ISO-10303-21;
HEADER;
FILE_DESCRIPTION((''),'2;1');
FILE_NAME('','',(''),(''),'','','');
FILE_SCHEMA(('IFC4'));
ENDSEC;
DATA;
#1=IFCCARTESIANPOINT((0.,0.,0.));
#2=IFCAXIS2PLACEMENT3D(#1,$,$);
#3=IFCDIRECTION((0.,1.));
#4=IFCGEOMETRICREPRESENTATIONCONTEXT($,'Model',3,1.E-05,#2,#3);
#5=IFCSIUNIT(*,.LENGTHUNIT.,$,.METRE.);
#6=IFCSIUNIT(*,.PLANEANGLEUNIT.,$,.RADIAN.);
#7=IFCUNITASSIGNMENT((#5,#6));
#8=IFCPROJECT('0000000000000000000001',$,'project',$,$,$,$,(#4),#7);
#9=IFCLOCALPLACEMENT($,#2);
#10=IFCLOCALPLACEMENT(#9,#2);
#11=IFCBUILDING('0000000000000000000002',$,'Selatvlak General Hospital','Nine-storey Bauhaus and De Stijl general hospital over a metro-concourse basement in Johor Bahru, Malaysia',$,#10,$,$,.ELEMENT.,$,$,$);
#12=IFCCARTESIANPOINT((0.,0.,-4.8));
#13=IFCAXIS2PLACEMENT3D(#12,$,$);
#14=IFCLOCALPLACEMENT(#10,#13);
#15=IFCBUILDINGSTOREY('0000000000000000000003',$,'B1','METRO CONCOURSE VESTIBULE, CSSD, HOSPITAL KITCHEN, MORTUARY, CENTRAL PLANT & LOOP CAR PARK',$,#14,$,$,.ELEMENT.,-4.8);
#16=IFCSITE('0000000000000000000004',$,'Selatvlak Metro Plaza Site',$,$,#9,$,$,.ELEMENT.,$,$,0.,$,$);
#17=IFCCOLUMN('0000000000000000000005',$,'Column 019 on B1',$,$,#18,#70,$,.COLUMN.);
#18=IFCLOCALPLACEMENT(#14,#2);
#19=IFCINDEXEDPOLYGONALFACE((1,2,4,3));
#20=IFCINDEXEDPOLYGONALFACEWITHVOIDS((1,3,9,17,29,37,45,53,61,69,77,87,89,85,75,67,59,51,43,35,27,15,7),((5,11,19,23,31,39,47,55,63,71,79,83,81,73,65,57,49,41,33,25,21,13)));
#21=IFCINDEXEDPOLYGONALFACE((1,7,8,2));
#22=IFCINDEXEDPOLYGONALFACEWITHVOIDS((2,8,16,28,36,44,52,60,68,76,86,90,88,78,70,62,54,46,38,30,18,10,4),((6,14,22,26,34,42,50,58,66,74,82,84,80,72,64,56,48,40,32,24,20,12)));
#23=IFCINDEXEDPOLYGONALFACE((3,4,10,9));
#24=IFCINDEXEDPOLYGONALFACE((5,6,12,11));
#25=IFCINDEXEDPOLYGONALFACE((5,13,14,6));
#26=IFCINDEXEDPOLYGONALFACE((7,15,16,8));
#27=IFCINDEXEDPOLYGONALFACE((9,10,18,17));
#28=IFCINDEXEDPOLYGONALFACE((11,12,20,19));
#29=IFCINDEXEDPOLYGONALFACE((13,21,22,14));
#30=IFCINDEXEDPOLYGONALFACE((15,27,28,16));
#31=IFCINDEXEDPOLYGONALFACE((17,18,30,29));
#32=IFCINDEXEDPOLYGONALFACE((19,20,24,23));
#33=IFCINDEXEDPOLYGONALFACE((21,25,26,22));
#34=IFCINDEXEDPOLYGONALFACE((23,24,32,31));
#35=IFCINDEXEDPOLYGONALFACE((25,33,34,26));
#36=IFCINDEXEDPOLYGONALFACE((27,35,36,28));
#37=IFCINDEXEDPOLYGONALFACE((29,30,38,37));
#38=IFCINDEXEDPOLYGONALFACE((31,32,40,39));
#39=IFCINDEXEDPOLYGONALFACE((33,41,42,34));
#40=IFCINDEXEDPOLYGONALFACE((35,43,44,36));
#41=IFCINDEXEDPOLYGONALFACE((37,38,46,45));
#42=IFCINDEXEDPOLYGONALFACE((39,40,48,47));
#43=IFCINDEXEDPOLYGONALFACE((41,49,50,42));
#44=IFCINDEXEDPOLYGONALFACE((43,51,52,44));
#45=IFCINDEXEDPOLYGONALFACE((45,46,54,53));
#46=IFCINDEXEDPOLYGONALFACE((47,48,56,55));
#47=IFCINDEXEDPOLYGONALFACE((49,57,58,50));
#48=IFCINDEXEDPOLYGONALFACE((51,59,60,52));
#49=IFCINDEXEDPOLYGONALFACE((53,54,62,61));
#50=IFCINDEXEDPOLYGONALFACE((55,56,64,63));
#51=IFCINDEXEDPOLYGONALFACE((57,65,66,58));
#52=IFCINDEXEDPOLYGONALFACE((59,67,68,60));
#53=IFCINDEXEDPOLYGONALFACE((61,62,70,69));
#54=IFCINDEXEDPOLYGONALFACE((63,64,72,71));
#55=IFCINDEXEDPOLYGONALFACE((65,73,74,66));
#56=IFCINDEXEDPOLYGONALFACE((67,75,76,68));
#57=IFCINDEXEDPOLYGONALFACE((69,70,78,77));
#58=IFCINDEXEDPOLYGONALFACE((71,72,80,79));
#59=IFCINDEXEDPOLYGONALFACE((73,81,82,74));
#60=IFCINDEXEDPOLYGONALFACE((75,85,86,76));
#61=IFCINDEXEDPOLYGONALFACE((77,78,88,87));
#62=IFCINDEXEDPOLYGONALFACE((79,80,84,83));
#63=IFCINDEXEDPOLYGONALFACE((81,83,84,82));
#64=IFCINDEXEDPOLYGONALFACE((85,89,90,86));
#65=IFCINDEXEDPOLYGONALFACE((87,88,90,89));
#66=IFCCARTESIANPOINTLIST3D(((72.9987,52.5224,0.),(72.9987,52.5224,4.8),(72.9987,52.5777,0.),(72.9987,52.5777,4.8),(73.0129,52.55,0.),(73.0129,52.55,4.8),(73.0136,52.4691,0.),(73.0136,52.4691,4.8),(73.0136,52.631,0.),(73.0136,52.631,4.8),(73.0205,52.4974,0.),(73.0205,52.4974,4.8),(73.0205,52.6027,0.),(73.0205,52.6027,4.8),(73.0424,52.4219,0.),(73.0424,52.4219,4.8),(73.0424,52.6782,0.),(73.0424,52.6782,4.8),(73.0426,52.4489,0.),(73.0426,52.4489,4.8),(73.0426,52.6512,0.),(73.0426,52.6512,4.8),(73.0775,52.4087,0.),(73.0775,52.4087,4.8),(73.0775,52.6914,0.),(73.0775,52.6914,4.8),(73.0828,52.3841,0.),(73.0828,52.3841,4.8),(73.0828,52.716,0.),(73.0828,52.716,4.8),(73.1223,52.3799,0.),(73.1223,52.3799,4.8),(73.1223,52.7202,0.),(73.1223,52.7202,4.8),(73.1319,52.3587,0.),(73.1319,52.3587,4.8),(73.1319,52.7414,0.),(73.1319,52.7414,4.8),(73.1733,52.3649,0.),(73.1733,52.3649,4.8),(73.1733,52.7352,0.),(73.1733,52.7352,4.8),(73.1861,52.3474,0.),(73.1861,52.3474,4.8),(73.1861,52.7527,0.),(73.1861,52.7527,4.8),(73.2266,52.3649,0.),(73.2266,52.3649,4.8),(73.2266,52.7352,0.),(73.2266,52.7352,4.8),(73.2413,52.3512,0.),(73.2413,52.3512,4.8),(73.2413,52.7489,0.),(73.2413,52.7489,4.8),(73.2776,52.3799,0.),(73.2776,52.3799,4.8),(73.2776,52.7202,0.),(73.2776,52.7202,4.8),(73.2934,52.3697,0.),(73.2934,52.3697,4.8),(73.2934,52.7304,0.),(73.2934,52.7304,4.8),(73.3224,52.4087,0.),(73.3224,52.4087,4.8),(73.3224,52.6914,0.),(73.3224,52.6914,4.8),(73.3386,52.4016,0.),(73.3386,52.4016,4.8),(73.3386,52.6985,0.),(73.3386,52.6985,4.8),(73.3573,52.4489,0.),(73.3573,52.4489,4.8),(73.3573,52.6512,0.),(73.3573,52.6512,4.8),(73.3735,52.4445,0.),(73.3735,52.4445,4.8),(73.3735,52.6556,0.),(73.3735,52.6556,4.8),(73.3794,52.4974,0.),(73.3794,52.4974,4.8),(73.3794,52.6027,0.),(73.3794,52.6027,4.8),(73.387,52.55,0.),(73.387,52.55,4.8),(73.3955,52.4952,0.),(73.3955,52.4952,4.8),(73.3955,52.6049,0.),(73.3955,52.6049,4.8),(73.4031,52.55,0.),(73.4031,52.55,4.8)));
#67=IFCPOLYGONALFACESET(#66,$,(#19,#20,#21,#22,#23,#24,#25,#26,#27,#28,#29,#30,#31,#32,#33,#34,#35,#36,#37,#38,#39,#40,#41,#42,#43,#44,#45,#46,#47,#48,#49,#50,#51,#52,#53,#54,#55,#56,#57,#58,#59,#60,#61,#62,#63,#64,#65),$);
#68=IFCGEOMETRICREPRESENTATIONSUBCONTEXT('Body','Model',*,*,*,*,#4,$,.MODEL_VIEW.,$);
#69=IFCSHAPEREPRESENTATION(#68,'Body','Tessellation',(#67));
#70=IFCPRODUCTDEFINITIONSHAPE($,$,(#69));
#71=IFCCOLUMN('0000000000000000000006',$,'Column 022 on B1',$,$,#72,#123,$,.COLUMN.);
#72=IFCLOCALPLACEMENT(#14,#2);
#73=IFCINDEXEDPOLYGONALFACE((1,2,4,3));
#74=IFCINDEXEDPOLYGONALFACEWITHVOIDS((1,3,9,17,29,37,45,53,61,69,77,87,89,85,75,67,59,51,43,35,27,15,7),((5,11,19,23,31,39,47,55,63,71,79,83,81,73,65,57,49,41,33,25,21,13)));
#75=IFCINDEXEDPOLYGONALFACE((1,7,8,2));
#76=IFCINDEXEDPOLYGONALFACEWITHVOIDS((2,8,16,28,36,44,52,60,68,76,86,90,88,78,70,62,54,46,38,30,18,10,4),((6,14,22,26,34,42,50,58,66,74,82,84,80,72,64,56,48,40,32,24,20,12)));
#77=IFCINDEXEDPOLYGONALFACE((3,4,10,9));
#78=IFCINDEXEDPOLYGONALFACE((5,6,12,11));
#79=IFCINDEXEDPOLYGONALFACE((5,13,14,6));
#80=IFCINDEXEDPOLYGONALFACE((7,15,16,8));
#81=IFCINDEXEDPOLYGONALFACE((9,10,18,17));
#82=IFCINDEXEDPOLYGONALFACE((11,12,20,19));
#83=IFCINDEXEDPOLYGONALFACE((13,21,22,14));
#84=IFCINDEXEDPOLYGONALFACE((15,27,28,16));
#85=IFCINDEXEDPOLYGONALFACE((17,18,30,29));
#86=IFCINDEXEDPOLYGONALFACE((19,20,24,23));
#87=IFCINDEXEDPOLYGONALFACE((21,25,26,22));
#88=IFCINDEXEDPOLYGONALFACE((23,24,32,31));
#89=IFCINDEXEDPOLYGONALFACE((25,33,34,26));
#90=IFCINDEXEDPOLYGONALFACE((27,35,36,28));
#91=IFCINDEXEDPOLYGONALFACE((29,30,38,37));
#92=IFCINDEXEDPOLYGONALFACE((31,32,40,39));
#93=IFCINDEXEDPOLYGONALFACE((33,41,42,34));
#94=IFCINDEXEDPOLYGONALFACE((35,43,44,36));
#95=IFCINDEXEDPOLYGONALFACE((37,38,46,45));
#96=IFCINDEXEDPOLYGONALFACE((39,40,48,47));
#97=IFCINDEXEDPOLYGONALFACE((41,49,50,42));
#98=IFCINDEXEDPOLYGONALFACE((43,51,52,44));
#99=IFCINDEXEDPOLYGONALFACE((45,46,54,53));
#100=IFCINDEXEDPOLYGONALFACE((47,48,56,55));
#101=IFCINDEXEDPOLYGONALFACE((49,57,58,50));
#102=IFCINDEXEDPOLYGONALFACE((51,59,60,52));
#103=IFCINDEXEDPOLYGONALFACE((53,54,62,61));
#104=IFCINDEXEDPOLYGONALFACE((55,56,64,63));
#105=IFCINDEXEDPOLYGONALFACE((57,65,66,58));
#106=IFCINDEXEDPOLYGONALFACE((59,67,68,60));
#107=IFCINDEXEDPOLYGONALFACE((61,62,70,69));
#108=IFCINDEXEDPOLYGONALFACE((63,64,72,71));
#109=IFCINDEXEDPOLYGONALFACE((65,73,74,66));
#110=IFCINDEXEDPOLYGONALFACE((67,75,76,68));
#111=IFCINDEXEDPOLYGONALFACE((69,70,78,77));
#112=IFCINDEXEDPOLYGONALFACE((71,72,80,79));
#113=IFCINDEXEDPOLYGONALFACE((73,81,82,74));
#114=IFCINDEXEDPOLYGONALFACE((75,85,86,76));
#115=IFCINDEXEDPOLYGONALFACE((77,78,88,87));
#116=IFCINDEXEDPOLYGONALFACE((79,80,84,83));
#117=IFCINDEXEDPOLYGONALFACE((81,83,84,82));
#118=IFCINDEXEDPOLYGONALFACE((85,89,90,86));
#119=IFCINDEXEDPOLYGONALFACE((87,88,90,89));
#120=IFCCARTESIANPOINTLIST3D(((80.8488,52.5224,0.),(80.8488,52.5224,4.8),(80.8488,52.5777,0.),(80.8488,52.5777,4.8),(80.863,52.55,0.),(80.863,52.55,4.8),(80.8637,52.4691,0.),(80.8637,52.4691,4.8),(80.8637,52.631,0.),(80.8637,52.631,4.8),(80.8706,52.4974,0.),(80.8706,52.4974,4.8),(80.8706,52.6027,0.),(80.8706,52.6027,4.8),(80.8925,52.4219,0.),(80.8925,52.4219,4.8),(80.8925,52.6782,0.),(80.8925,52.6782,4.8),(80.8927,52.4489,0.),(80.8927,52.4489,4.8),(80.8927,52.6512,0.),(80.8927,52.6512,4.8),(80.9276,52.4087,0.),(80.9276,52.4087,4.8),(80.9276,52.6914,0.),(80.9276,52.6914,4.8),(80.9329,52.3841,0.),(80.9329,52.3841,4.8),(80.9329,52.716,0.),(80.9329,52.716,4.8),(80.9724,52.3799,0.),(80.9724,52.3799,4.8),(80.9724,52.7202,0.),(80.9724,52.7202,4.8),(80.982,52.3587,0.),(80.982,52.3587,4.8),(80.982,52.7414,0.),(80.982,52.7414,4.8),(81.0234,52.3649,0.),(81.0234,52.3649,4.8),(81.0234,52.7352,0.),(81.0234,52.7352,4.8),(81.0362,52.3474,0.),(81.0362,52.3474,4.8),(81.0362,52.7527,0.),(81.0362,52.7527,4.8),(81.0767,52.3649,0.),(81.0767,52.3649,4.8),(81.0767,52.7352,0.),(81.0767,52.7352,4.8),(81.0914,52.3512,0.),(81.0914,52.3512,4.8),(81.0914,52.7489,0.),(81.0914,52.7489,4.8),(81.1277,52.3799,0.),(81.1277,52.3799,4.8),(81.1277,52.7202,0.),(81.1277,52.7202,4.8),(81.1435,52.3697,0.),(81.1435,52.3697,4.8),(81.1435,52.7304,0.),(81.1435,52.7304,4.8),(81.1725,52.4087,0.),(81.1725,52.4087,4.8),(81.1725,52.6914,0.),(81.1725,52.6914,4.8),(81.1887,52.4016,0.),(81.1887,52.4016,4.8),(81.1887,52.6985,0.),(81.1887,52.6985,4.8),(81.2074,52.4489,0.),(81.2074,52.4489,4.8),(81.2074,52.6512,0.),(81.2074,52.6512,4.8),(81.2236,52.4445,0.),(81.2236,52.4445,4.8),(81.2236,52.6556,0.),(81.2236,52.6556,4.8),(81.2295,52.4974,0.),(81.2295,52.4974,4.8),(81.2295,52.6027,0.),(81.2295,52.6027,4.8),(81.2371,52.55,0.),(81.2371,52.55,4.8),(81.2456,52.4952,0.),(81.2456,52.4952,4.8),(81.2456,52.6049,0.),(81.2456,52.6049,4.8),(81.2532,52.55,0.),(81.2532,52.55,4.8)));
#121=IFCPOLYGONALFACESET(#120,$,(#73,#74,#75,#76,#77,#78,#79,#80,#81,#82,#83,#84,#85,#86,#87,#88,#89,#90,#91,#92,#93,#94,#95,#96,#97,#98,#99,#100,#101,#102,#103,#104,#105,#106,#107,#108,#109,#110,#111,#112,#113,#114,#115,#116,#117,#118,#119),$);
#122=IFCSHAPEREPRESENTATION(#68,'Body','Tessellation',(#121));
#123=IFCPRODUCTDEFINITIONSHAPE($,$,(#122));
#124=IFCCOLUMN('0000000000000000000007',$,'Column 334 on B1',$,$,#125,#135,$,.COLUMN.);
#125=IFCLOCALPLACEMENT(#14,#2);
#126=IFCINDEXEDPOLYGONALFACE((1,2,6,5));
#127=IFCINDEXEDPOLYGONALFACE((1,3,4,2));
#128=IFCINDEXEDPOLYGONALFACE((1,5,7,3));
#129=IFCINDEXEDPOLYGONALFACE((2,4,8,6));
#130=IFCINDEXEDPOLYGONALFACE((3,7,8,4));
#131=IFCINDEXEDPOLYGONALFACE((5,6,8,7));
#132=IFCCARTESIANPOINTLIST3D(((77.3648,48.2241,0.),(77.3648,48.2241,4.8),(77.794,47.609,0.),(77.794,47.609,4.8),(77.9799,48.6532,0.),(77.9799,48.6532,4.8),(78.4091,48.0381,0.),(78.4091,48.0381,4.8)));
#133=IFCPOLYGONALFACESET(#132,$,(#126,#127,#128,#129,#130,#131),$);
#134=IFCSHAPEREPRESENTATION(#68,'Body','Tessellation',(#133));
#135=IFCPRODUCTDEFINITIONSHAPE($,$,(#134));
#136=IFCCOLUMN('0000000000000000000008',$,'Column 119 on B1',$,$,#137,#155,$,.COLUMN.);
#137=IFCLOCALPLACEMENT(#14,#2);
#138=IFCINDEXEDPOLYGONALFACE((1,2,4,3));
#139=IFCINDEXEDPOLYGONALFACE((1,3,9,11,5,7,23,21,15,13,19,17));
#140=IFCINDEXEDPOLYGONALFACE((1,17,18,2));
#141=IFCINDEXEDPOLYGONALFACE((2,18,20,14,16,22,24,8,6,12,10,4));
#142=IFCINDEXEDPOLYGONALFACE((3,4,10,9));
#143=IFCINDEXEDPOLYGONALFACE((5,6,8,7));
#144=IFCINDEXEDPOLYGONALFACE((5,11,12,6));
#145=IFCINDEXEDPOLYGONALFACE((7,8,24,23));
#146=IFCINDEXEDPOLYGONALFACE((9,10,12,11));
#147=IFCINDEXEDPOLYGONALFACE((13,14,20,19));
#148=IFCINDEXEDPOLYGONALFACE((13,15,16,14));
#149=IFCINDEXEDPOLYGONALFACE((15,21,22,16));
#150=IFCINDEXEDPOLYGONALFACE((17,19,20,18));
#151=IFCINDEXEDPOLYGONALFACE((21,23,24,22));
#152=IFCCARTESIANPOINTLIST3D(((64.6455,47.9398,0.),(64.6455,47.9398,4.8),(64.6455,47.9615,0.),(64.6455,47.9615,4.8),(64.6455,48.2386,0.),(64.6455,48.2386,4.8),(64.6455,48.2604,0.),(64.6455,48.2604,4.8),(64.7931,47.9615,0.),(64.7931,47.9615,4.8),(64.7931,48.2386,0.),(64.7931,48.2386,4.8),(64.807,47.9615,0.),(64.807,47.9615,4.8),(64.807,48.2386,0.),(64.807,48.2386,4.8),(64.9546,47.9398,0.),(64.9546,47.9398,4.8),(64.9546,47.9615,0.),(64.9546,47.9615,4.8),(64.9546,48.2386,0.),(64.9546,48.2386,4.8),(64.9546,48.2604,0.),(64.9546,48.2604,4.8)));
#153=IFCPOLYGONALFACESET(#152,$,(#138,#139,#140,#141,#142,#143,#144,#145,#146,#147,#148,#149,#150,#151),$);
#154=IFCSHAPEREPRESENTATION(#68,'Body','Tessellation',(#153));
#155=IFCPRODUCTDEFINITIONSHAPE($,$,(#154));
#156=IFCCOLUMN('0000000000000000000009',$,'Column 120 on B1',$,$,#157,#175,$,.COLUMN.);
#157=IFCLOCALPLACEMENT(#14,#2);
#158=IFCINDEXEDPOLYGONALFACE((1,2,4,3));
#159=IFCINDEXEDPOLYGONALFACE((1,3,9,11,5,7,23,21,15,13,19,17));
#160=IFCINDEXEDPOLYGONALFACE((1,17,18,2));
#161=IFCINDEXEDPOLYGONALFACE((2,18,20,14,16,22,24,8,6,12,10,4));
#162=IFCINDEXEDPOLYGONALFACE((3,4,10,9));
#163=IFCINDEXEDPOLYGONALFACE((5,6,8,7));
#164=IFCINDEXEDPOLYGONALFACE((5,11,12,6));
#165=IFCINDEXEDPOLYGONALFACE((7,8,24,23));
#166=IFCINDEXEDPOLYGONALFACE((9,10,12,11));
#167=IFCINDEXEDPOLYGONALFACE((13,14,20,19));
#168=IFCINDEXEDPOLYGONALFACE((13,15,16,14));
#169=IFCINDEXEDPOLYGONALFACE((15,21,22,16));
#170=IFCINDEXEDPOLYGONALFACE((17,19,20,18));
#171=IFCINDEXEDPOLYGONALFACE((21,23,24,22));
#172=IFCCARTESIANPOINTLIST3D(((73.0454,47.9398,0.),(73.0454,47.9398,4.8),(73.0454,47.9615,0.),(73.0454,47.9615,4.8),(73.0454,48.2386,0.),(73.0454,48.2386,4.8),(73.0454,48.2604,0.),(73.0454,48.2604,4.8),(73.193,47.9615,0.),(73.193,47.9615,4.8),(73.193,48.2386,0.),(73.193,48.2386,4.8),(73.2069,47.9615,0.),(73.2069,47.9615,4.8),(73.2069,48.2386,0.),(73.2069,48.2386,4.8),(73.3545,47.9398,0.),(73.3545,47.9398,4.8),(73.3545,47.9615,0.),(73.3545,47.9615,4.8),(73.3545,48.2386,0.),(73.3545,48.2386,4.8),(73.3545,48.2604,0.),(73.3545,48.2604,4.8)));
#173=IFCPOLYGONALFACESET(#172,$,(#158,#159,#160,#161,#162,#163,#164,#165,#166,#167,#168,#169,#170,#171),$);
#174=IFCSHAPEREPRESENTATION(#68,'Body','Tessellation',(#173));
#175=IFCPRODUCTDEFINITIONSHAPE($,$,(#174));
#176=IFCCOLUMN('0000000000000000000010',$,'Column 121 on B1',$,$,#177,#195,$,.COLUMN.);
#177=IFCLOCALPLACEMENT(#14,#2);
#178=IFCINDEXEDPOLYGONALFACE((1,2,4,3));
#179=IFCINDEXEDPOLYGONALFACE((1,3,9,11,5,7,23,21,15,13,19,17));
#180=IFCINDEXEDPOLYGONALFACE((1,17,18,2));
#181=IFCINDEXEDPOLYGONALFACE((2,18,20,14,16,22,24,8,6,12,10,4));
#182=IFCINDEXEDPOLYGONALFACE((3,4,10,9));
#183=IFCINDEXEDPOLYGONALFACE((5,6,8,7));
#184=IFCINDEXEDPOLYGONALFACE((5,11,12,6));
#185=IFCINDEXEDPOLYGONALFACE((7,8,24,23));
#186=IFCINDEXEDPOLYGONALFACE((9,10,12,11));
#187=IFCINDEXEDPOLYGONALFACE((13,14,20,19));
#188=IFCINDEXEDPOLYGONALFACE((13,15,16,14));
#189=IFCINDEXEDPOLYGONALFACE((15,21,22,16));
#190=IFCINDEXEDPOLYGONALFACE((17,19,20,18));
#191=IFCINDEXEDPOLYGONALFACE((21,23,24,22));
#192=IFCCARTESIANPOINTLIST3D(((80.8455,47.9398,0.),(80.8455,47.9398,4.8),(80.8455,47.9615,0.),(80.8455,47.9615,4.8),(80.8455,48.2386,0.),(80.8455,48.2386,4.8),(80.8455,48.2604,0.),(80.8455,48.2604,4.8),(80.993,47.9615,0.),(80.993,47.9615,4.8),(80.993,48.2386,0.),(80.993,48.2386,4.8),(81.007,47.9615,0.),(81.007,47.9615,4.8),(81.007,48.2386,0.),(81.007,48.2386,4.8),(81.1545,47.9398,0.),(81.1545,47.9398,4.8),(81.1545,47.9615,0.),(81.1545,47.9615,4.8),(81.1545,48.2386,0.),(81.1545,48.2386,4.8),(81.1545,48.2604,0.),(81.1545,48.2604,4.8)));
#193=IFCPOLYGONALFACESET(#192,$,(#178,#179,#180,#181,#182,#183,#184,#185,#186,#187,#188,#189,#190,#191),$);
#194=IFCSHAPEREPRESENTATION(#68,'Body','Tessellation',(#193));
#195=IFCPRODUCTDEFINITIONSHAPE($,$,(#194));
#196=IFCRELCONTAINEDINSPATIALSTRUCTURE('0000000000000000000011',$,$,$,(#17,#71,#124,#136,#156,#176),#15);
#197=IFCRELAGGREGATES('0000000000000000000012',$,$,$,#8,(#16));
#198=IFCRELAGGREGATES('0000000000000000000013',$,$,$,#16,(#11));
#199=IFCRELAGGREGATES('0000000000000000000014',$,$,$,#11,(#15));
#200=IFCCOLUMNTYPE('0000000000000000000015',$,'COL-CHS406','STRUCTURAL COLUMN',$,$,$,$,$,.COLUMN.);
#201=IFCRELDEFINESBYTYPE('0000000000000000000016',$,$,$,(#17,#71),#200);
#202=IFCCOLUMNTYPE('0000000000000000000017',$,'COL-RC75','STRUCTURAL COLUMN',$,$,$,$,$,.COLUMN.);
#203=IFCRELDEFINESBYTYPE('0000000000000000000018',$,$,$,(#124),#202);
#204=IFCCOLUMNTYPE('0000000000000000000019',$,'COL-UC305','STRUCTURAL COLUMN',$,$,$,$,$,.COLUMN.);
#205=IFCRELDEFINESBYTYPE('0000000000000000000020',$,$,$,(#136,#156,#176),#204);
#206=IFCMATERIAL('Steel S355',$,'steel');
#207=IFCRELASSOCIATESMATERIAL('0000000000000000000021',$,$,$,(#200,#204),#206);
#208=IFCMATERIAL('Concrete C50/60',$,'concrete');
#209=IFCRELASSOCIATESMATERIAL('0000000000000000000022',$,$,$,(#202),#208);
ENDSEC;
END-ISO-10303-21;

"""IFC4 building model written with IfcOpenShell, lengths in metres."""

from ifc_helpers import new_model, si_unit, direction, frame, origin, origin_2d, place, context, subcontext, project, spatial, rectangle, hollow_circle, i_section, extrude, material, material_profile, profile_set, type_object, element, save


model = new_model("IFC4")

# Units and contexts
model_context = context("Model", 3, precision=1e-05, world=origin(), true_north=direction((0.0, 1.0)))
body_context = subcontext(model_context, "Body", "Model", "MODEL_VIEW")
ifc_project = project(units=[si_unit("LENGTHUNIT", "METRE"), si_unit("PLANEANGLEUNIT", "RADIAN")], contexts=[model_context])

# Site, building, storey
site_placement = place(None, origin())
site = spatial("IfcSite", under=ifc_project, at=site_placement, Name="Selatvlak Metro Plaza Site", CompositionType="ELEMENT", RefElevation=0.0)
building_placement = place(site_placement, origin())
building = spatial("IfcBuilding", under=site, at=building_placement, Name="Selatvlak General Hospital", Description="Nine-storey Bauhaus and De Stijl general hospital over a metro-concourse basement in Johor Bahru, Malaysia", CompositionType="ELEMENT")
storey_placement = place(building_placement, frame((0.0, 0.0, -4.8)))
storey = spatial("IfcBuildingStorey", under=building, at=storey_placement, Name="B1", Description="METRO CONCOURSE VESTIBULE, CSSD, HOSPITAL KITCHEN, MORTUARY, CENTRAL PLANT & LOOP CAR PARK", CompositionType="ELEMENT", Elevation=-4.8)

# Columns
ifc_material_1 = material(Name="Steel S355", Category="steel")
ifc_material_profile_1 = material_profile(ifc_material_1, hollow_circle(Radius=0.2031, WallThickness=0.0161, at=origin_2d()), Name="CHS 406.4x16")
ifc_profile_set_1 = profile_set([ifc_material_profile_1], Name="Steel S355")
column_type_1 = type_object("IfcColumnType", Name="COL-CHS406", Description="STRUCTURAL COLUMN", PredefinedType="COLUMN", material=ifc_profile_set_1)
for number, where, z_axis, x_axis, name in (
    (1, (73.2, 52.55, 0.0), (0.0, 0.0, 1.0), (1.0, 0.0, 0.0), "Column 019 on B1"),
    (2, (81.05, 52.55, 0.0), (0.0, 0.0, 1.0), (1.0, 0.0, 0.0), "Column 022 on B1"),
):
    element("IfcColumn", number, at=place(storey_placement, frame(where, z_axis=z_axis, x_axis=x_axis)), inside=storey, type_object=column_type_1, Name=name, PredefinedType="COLUMN", context=body_context, shape_type="SweptSolid", body=[
        extrude(hollow_circle(Radius=0.2031, WallThickness=0.0161, at=origin_2d()), origin(), (0.0, 0.0, 1.0), 4.8),
    ])
ifc_material_2 = material(Name="Concrete C50/60", Category="concrete")
ifc_material_profile_2 = material_profile(ifc_material_2, rectangle(XDim=0.75, YDim=0.75, at=origin_2d()), Name="RC-COL 750x750")
ifc_profile_set_2 = profile_set([ifc_material_profile_2], Name="Concrete C50/60")
column_type_2 = type_object("IfcColumnType", Name="COL-RC75", Description="STRUCTURAL COLUMN", PredefinedType="COLUMN", material=ifc_profile_set_2)
column_placement = place(storey_placement, frame((77.887, 48.1311, 0.0), z_axis=(0.0, 0.0, 1.0), x_axis=(-0.572189, 0.820122, 0.0)))
element("IfcColumn", 3, at=column_placement, inside=storey, type_object=column_type_2, Name="Column 334 on B1", PredefinedType="COLUMN", context=body_context, shape_type="SweptSolid", body=[
    extrude(rectangle(XDim=0.75, YDim=0.75, at=origin_2d()), origin(), (0.0, 0.0, 1.0), 4.8),
])
ifc_material_profile_3 = material_profile(ifc_material_1, i_section(OverallWidth=0.3091, OverallDepth=0.3206, WebThickness=0.0139, FlangeThickness=0.0217, at=origin_2d()), Name="UC 305x305x137")
ifc_profile_set_3 = profile_set([ifc_material_profile_3], Name="Steel S355")
column_type_3 = type_object("IfcColumnType", Name="COL-UC305", Description="STRUCTURAL COLUMN", PredefinedType="COLUMN", material=ifc_profile_set_3)
for number, where, z_axis, x_axis, name in (
    (4, (64.8, 48.1001, 0.0), (0.0, 0.0, 1.0), (1.0, 0.0, 0.0), "Column 119 on B1"),
    (5, (73.2, 48.1001, 0.0), (0.0, 0.0, 1.0), (1.0, 0.0, 0.0), "Column 120 on B1"),
    (6, (81.0, 48.1001, 0.0), (0.0, 0.0, 1.0), (1.0, 0.0, 0.0), "Column 121 on B1"),
):
    element("IfcColumn", number, at=place(storey_placement, frame(where, z_axis=z_axis, x_axis=x_axis)), inside=storey, type_object=column_type_3, Name=name, PredefinedType="COLUMN", context=body_context, shape_type="SweptSolid", body=[
        extrude(i_section(OverallWidth=0.3091, OverallDepth=0.3206, WebThickness=0.0139, FlangeThickness=0.0217, at=origin_2d()), origin(), (0.0, 0.0, 1.0), 4.8),
    ])

save(model, "model.ifc")
